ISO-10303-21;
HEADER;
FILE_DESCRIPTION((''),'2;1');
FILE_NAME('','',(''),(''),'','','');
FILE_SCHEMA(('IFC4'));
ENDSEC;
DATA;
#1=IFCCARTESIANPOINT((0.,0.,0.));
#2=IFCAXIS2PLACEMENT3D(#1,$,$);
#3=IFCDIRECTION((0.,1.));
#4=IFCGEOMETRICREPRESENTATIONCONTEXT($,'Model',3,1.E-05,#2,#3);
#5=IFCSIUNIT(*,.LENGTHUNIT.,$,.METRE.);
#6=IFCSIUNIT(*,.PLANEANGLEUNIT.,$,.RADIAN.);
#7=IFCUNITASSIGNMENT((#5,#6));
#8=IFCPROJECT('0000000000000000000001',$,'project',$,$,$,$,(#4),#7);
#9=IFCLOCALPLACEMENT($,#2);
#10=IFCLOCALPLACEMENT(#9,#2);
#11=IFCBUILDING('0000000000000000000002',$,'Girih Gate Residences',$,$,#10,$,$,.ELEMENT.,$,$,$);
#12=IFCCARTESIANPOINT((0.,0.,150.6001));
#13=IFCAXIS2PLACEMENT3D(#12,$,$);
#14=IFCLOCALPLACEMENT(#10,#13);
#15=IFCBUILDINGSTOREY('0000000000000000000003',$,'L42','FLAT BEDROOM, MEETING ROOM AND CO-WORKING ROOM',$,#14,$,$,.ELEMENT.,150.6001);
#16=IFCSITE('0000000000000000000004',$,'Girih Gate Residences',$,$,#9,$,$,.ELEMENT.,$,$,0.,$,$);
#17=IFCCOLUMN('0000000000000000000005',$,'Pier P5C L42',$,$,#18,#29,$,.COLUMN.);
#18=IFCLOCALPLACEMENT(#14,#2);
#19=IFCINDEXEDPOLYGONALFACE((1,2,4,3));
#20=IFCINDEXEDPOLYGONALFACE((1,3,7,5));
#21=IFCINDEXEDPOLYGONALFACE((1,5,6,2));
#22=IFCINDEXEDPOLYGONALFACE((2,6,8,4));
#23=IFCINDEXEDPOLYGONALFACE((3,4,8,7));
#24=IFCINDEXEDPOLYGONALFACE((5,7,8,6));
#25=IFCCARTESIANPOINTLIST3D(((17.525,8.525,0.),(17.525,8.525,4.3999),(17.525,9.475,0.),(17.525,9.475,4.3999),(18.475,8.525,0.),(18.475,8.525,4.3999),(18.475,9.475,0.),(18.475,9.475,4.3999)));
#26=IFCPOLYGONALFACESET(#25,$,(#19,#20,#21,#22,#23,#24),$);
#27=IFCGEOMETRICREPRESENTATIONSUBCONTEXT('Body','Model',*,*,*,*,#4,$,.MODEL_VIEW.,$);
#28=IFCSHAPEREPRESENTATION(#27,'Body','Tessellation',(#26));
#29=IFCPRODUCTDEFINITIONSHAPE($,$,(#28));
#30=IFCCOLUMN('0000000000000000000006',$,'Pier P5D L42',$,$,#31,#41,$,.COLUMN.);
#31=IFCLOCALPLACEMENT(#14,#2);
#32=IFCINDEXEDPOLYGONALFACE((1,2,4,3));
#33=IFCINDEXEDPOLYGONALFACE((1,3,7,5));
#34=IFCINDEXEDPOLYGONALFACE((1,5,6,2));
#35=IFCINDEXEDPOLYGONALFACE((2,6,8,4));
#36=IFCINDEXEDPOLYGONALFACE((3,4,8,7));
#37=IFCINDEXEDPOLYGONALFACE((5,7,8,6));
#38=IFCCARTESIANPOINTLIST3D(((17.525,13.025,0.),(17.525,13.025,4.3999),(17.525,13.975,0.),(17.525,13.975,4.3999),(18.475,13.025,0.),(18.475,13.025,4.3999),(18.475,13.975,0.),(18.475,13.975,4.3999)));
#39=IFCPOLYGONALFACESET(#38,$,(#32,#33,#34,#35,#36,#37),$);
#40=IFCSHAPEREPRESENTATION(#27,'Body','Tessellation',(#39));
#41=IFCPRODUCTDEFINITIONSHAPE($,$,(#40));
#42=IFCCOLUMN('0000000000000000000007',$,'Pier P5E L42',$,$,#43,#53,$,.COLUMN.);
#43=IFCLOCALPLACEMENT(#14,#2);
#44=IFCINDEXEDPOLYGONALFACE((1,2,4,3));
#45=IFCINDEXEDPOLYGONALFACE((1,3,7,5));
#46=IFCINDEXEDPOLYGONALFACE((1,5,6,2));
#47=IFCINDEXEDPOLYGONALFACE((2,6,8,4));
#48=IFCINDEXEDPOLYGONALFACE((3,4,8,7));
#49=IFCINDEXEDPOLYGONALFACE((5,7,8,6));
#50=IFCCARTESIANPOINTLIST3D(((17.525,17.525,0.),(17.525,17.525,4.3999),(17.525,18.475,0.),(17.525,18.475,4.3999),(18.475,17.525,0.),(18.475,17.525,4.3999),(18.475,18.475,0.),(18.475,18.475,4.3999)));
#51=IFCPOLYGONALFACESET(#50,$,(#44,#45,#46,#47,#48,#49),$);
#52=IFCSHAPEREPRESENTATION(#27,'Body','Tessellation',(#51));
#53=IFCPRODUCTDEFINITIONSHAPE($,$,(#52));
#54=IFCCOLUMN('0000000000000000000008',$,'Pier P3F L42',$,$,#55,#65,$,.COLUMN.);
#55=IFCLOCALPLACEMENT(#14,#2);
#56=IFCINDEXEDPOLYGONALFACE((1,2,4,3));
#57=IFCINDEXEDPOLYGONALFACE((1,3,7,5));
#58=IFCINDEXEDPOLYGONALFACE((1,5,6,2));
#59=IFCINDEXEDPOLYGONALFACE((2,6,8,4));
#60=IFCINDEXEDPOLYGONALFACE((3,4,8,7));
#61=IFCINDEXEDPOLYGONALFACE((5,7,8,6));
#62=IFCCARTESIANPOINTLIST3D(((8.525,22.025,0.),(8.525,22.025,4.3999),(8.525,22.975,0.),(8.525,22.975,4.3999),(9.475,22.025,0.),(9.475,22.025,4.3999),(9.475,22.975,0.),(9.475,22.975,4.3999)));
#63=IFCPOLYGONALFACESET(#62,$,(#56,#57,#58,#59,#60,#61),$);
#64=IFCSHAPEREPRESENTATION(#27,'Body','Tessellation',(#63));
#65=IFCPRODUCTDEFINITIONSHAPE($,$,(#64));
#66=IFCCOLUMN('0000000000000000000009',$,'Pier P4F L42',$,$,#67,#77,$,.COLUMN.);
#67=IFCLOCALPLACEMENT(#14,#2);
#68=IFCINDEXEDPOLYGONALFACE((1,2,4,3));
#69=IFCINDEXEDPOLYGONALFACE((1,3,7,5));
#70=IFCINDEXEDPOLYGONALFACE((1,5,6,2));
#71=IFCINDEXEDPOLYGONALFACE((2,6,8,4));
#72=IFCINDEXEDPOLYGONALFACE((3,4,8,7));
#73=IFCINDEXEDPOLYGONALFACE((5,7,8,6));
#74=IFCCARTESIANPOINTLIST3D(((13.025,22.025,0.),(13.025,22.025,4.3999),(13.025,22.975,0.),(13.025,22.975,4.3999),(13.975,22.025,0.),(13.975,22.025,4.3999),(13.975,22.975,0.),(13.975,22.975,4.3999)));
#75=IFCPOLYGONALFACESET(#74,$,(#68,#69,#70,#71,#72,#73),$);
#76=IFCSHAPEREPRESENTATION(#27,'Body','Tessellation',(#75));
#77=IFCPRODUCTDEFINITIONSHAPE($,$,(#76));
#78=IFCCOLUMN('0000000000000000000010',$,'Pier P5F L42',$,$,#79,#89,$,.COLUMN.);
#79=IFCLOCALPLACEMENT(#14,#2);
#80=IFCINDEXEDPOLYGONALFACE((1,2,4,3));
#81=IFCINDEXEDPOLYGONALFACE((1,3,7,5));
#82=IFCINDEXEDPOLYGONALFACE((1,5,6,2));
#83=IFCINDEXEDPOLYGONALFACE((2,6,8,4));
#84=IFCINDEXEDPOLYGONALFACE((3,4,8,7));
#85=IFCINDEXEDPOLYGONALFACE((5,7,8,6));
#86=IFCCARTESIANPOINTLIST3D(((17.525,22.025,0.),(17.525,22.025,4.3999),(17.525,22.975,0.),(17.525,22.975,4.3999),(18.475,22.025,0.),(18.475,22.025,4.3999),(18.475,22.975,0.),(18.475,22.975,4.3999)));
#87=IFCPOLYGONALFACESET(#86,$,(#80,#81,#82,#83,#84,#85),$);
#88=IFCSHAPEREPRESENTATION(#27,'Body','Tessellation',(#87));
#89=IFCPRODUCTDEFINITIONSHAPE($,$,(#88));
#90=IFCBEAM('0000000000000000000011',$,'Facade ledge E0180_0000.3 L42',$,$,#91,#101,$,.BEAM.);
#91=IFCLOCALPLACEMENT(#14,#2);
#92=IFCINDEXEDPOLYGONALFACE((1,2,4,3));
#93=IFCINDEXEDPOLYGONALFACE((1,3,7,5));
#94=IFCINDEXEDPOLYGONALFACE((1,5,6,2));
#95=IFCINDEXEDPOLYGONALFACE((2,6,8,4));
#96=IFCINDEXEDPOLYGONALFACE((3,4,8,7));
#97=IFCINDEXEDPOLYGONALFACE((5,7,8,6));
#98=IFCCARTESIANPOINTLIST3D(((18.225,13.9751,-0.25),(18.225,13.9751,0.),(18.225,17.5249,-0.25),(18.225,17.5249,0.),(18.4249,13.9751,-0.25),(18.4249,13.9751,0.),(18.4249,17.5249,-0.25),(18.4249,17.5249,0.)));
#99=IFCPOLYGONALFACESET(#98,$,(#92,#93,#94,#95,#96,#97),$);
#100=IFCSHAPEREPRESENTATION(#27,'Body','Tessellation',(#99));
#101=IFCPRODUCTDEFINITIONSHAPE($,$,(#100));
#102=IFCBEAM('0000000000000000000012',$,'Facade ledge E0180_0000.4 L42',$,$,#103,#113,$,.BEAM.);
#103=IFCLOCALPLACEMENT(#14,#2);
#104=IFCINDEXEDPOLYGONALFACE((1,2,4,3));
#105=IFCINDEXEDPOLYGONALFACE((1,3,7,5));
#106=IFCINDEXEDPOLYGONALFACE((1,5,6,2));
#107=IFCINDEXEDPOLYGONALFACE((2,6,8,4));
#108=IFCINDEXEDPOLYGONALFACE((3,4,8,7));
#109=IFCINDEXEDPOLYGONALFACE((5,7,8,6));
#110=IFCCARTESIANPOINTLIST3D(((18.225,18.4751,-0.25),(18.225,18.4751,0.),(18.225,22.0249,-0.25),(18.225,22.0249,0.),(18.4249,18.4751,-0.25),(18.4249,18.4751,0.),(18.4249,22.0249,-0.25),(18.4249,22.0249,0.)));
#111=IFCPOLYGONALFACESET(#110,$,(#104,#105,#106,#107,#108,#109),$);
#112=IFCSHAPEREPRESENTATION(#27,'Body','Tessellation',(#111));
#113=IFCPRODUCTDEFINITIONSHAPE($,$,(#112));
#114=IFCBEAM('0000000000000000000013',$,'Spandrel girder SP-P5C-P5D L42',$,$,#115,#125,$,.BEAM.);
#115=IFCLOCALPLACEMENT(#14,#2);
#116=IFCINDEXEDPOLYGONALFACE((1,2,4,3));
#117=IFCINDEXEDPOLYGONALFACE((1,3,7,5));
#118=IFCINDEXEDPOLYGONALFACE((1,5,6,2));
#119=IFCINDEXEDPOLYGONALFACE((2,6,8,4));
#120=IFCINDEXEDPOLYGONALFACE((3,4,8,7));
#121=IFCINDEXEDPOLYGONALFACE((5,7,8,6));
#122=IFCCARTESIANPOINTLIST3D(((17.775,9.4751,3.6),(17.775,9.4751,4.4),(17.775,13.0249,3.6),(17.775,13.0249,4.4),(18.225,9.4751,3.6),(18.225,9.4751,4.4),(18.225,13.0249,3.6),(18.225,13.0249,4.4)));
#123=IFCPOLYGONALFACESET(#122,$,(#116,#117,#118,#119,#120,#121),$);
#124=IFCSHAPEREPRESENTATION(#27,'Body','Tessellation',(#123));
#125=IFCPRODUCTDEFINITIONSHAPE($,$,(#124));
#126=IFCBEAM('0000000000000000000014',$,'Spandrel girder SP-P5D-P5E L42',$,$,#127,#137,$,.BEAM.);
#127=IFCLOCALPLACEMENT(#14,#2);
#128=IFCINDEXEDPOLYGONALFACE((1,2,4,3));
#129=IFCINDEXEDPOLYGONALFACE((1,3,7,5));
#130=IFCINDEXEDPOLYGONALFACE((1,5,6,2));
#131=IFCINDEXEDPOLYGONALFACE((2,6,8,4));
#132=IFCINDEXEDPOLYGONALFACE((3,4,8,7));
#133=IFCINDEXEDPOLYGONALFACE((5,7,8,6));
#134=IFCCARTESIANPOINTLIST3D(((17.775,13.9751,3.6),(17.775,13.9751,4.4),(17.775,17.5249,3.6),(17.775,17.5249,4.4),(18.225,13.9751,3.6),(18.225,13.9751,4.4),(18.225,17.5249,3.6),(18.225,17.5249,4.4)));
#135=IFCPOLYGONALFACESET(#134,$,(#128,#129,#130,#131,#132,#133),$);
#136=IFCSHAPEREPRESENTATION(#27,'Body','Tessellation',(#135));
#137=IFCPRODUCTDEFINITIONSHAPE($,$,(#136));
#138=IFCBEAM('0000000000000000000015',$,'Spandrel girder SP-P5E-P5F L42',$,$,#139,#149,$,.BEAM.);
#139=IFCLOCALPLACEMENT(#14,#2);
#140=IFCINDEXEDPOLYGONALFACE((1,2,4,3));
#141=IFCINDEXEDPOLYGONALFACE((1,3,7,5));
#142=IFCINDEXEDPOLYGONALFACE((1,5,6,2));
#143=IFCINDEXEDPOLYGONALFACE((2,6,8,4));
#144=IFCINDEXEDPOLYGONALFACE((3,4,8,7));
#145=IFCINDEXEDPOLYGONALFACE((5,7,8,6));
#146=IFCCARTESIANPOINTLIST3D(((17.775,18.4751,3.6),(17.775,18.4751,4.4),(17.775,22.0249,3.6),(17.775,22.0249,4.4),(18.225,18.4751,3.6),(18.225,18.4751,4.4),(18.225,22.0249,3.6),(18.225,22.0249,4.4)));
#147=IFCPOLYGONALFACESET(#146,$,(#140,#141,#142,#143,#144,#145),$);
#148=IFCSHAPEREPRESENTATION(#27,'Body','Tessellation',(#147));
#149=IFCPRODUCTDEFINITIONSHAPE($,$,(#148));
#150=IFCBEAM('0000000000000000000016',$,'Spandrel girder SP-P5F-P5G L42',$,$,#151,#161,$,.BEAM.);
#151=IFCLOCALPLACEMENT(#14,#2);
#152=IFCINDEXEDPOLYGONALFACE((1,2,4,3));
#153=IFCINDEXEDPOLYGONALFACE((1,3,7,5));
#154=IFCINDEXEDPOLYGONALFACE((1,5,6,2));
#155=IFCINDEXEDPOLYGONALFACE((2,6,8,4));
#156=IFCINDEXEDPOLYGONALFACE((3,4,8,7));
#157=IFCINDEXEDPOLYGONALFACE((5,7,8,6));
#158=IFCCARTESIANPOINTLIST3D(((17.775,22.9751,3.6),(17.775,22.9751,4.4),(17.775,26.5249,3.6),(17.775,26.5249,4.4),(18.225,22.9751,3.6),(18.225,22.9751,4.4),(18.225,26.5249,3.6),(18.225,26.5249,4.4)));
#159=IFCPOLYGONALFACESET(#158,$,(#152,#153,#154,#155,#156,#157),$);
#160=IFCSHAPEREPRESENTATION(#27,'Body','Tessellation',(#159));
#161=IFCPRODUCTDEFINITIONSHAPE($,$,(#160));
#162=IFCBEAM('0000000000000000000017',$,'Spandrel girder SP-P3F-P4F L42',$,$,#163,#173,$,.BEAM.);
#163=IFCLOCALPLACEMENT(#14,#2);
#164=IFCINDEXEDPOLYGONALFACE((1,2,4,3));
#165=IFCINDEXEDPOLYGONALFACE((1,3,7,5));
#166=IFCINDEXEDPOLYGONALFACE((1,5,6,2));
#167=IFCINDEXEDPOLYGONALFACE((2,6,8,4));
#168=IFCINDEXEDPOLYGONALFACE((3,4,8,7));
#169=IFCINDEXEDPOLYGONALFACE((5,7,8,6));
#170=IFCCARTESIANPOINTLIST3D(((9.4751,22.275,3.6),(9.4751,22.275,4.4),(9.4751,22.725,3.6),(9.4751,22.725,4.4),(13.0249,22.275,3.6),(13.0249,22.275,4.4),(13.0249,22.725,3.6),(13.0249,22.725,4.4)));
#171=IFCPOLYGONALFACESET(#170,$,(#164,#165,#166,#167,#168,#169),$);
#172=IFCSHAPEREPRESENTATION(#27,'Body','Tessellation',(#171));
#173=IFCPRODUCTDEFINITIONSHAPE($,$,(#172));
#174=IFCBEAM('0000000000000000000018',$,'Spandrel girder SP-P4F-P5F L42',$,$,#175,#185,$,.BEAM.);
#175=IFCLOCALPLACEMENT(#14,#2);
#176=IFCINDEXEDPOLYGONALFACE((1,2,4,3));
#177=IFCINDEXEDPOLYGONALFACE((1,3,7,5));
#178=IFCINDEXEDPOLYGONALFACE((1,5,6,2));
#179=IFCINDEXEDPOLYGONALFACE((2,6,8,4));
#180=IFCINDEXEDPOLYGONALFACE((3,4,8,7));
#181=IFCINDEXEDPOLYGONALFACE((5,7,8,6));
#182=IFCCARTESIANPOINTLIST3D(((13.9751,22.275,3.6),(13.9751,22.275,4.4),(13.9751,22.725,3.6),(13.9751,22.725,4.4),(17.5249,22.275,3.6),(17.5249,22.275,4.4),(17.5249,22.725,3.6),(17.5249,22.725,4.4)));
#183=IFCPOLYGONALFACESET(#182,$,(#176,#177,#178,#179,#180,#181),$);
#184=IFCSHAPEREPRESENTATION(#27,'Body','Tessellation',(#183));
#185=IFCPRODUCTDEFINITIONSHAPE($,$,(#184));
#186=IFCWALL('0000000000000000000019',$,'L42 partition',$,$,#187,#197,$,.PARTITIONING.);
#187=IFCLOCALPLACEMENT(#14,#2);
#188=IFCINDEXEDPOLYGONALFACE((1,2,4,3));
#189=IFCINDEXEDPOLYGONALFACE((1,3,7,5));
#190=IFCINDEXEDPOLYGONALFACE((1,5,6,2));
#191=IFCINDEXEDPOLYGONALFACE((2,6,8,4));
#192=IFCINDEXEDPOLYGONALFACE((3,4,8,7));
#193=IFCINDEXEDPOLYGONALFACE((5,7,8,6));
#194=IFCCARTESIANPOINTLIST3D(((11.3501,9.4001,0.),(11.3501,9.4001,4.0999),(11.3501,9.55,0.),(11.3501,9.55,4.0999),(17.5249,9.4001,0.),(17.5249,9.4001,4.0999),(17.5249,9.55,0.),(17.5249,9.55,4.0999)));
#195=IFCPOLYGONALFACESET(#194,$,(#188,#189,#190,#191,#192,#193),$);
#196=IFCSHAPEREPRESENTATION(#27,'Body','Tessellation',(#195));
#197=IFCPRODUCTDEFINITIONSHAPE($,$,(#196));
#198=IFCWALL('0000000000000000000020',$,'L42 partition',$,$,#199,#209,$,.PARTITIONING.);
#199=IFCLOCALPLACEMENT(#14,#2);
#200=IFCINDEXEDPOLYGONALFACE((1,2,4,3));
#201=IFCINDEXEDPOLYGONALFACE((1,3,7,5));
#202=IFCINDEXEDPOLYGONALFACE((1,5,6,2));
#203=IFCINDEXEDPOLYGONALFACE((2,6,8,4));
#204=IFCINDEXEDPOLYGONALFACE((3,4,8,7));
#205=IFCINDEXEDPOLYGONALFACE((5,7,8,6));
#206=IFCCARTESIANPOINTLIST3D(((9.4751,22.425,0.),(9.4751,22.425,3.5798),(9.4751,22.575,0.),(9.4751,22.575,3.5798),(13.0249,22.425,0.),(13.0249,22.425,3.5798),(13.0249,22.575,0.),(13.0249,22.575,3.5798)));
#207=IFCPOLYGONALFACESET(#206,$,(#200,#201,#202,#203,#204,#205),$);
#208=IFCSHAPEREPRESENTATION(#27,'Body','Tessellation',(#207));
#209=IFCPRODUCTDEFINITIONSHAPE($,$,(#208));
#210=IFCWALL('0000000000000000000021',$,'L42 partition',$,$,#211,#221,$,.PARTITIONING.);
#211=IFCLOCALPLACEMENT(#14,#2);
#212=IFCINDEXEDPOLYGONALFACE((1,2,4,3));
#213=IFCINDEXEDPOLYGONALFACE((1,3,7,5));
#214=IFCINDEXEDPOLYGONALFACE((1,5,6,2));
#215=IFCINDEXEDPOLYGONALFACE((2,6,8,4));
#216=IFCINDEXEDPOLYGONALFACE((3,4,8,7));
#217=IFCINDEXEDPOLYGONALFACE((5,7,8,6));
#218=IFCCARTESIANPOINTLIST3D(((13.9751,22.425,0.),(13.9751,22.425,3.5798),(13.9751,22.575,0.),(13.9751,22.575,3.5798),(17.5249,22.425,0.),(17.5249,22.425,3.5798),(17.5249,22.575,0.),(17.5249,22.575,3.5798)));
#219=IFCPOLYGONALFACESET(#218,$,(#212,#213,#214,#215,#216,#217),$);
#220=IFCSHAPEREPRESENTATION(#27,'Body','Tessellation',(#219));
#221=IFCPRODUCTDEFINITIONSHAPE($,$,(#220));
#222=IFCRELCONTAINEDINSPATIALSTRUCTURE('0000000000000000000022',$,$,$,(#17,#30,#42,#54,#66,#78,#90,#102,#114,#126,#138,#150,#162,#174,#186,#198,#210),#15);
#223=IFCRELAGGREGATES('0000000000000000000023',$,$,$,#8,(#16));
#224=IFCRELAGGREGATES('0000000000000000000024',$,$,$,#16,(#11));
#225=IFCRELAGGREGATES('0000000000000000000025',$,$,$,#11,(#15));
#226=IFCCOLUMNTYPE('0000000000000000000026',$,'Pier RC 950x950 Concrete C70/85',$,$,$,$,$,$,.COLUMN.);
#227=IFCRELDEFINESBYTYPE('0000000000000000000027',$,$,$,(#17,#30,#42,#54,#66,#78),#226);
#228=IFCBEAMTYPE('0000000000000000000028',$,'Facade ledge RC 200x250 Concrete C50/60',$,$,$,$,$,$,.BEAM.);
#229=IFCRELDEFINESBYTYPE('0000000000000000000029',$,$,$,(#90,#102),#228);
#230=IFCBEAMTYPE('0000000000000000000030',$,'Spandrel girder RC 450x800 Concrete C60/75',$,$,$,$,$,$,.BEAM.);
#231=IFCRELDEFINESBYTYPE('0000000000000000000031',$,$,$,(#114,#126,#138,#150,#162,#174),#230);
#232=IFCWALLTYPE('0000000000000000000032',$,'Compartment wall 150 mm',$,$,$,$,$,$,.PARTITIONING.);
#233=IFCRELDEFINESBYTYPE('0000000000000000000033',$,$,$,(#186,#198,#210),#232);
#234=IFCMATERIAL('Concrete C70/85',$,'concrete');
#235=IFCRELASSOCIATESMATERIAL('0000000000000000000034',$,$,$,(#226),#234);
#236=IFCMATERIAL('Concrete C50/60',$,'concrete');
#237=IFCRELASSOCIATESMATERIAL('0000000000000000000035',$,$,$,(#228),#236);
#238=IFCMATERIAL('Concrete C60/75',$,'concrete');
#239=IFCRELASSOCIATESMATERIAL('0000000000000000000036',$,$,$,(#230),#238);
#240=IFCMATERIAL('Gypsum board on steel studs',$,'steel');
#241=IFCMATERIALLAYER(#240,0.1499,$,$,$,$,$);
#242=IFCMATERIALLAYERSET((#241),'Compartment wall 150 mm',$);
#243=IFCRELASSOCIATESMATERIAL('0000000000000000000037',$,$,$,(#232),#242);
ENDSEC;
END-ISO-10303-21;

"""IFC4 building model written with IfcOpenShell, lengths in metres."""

from ifc_helpers import new_model, si_unit, direction, frame, frame_2d, origin, origin_2d, place, context, subcontext, project, spatial, rectangle, extrude, material, layer, layer_set, material_profile, profile_set, type_object, element, save


model = new_model("IFC4")

# Units and contexts
model_context = context("Model", 3, precision=1e-05, world=origin(), true_north=direction((0.0, 1.0)))
body_context = subcontext(model_context, "Body", "Model", "MODEL_VIEW")
ifc_project = project(units=[si_unit("LENGTHUNIT", "METRE"), si_unit("PLANEANGLEUNIT", "RADIAN")], contexts=[model_context])

# Site, building, storey
site_placement = place(None, origin())
site = spatial("IfcSite", under=ifc_project, at=site_placement, Name="Girih Gate Residences", CompositionType="ELEMENT", RefElevation=0.0)
building_placement = place(site_placement, origin())
building = spatial("IfcBuilding", under=site, at=building_placement, Name="Girih Gate Residences", CompositionType="ELEMENT")
storey_placement = place(building_placement, frame((0.0, 0.0, 150.6001)))
storey = spatial("IfcBuildingStorey", under=building, at=storey_placement, Name="L42", Description="FLAT BEDROOM, MEETING ROOM AND CO-WORKING ROOM", CompositionType="ELEMENT", Elevation=150.6001)

# Columns
ifc_material_1 = material(Name="Concrete C70/85", Category="concrete")
ifc_material_profile_1 = material_profile(ifc_material_1, rectangle(XDim=0.95, YDim=0.95, at=origin_2d()))
ifc_profile_set_1 = profile_set([ifc_material_profile_1], Name="Concrete C70/85")
column_type = type_object("IfcColumnType", Name="Pier RC 950x950 Concrete C70/85", PredefinedType="COLUMN", material=ifc_profile_set_1)
for number, where, z_axis, x_axis, name in (
    (1, (18.0, 9.0, 0.0), (0.0, 0.0, 1.0), (1.0, 0.0, 0.0), "Pier P5C L42"),
    (2, (18.0, 13.5, 0.0), (0.0, 0.0, 1.0), (1.0, 0.0, 0.0), "Pier P5D L42"),
    (3, (18.0, 18.0, 0.0), (0.0, 0.0, 1.0), (1.0, 0.0, 0.0), "Pier P5E L42"),
    (4, (9.0, 22.5, 0.0), (0.0, 0.0, 1.0), (1.0, 0.0, 0.0), "Pier P3F L42"),
    (5, (13.5, 22.5, 0.0), (0.0, 0.0, 1.0), (1.0, 0.0, 0.0), "Pier P4F L42"),
    (6, (18.0, 22.5, 0.0), (0.0, 0.0, 1.0), (1.0, 0.0, 0.0), "Pier P5F L42"),
):
    element("IfcColumn", number, at=place(storey_placement, frame(where, z_axis=z_axis, x_axis=x_axis)), inside=storey, type_object=column_type, Name=name, PredefinedType="COLUMN", context=body_context, shape_type="SweptSolid", body=[
        extrude(rectangle(XDim=0.95, YDim=0.95, at=origin_2d()), origin(), (0.0, 0.0, 1.0), 4.3999),
    ])

# Beams
ifc_material_2 = material(Name="Concrete C50/60", Category="concrete")
ifc_material_profile_2 = material_profile(ifc_material_2, rectangle(XDim=0.2, YDim=0.25, at=origin_2d()))
ifc_profile_set_2 = profile_set([ifc_material_profile_2], Name="Concrete C50/60")
beam_type_1 = type_object("IfcBeamType", Name="Facade ledge RC 200x250 Concrete C50/60", PredefinedType="BEAM", material=ifc_profile_set_2)
for number, where, z_axis, x_axis, name in (
    (7, (18.325, 13.9751, -0.125), (0.0, 1.0, 0.0), (-1.0, 0.0, 0.0), "Facade ledge E0180_0000.3 L42"),
    (8, (18.325, 18.4751, -0.125), (0.0, 1.0, 0.0), (-1.0, 0.0, 0.0), "Facade ledge E0180_0000.4 L42"),
):
    element("IfcBeam", number, at=place(storey_placement, frame(where, z_axis=z_axis, x_axis=x_axis)), inside=storey, type_object=beam_type_1, Name=name, PredefinedType="BEAM", context=body_context, shape_type="SweptSolid", body=[
        extrude(rectangle(XDim=0.2, YDim=0.25, at=origin_2d()), origin(), (0.0, 0.0, 1.0), 3.5498),
    ])
ifc_material_3 = material(Name="Concrete C60/75", Category="concrete")
ifc_material_profile_3 = material_profile(ifc_material_3, rectangle(XDim=0.45, YDim=0.8, at=origin_2d()))
ifc_profile_set_3 = profile_set([ifc_material_profile_3], Name="Concrete C60/75")
beam_type_2 = type_object("IfcBeamType", Name="Spandrel girder RC 450x800 Concrete C60/75", PredefinedType="BEAM", material=ifc_profile_set_3)
for number, where, z_axis, x_axis, name in (
    (9, (18.0, 9.4751, 4.0), (0.0, 1.0, 0.0), (-1.0, 0.0, 0.0), "Spandrel girder SP-P5C-P5D L42"),
    (10, (18.0, 13.9751, 4.0), (0.0, 1.0, 0.0), (-1.0, 0.0, 0.0), "Spandrel girder SP-P5D-P5E L42"),
    (11, (18.0, 18.4751, 4.0), (0.0, 1.0, 0.0), (-1.0, 0.0, 0.0), "Spandrel girder SP-P5E-P5F L42"),
    (12, (18.0, 22.9751, 4.0), (0.0, 1.0, 0.0), (-1.0, 0.0, 0.0), "Spandrel girder SP-P5F-P5G L42"),
    (13, (9.4751, 22.5, 4.0), (1.0, 0.0, 0.0), (0.0, 1.0, 0.0), "Spandrel girder SP-P3F-P4F L42"),
    (14, (13.9751, 22.5, 4.0), (1.0, 0.0, 0.0), (0.0, 1.0, 0.0), "Spandrel girder SP-P4F-P5F L42"),
):
    element("IfcBeam", number, at=place(storey_placement, frame(where, z_axis=z_axis, x_axis=x_axis)), inside=storey, type_object=beam_type_2, Name=name, PredefinedType="BEAM", context=body_context, shape_type="SweptSolid", body=[
        extrude(rectangle(XDim=0.45, YDim=0.8, at=origin_2d()), origin(), (0.0, 0.0, 1.0), 3.5498),
    ])

# Wall
ifc_material_4 = material(Name="Gypsum board on steel studs", Category="steel")
ifc_layer_1 = layer(ifc_material_4, 0.1499)
ifc_layer_set_1 = layer_set([ifc_layer_1], Name="Compartment wall 150 mm")
wall_type_1 = type_object("IfcWallType", Name="Compartment wall 150 mm", PredefinedType="PARTITIONING", material=ifc_layer_set_1)
wall_1_placement = place(storey_placement, frame((11.3501, 9.4751, 0.0), z_axis=(0.0, 0.0, 1.0), x_axis=(1.0, 0.0, 0.0)))
element("IfcWall", 15, at=wall_1_placement, inside=storey, type_object=wall_type_1, Name="L42 partition", PredefinedType="PARTITIONING", context=body_context, shape_type="SweptSolid", body=[
    extrude(rectangle(XDim=6.1748, YDim=0.1499, at=frame_2d((3.0874, 0.0))), origin(), (0.0, 0.0, 1.0), 4.0999),
])

# Walls
for number, where, z_axis, x_axis, name in (
    (16, (9.4751, 22.5, 0.0), (0.0, 0.0, 1.0), (1.0, 0.0, 0.0), "L42 partition"),
    (17, (13.9751, 22.5, 0.0), (0.0, 0.0, 1.0), (1.0, 0.0, 0.0), "L42 partition"),
):
    element("IfcWall", number, at=place(storey_placement, frame(where, z_axis=z_axis, x_axis=x_axis)), inside=storey, type_object=wall_type_1, Name=name, PredefinedType="PARTITIONING", context=body_context, shape_type="SweptSolid", body=[
        extrude(rectangle(XDim=3.5498, YDim=0.1499, at=frame_2d((1.7749, 0.0))), origin(), (0.0, 0.0, 1.0), 3.5798),
    ])

save(model, "model.ifc")
